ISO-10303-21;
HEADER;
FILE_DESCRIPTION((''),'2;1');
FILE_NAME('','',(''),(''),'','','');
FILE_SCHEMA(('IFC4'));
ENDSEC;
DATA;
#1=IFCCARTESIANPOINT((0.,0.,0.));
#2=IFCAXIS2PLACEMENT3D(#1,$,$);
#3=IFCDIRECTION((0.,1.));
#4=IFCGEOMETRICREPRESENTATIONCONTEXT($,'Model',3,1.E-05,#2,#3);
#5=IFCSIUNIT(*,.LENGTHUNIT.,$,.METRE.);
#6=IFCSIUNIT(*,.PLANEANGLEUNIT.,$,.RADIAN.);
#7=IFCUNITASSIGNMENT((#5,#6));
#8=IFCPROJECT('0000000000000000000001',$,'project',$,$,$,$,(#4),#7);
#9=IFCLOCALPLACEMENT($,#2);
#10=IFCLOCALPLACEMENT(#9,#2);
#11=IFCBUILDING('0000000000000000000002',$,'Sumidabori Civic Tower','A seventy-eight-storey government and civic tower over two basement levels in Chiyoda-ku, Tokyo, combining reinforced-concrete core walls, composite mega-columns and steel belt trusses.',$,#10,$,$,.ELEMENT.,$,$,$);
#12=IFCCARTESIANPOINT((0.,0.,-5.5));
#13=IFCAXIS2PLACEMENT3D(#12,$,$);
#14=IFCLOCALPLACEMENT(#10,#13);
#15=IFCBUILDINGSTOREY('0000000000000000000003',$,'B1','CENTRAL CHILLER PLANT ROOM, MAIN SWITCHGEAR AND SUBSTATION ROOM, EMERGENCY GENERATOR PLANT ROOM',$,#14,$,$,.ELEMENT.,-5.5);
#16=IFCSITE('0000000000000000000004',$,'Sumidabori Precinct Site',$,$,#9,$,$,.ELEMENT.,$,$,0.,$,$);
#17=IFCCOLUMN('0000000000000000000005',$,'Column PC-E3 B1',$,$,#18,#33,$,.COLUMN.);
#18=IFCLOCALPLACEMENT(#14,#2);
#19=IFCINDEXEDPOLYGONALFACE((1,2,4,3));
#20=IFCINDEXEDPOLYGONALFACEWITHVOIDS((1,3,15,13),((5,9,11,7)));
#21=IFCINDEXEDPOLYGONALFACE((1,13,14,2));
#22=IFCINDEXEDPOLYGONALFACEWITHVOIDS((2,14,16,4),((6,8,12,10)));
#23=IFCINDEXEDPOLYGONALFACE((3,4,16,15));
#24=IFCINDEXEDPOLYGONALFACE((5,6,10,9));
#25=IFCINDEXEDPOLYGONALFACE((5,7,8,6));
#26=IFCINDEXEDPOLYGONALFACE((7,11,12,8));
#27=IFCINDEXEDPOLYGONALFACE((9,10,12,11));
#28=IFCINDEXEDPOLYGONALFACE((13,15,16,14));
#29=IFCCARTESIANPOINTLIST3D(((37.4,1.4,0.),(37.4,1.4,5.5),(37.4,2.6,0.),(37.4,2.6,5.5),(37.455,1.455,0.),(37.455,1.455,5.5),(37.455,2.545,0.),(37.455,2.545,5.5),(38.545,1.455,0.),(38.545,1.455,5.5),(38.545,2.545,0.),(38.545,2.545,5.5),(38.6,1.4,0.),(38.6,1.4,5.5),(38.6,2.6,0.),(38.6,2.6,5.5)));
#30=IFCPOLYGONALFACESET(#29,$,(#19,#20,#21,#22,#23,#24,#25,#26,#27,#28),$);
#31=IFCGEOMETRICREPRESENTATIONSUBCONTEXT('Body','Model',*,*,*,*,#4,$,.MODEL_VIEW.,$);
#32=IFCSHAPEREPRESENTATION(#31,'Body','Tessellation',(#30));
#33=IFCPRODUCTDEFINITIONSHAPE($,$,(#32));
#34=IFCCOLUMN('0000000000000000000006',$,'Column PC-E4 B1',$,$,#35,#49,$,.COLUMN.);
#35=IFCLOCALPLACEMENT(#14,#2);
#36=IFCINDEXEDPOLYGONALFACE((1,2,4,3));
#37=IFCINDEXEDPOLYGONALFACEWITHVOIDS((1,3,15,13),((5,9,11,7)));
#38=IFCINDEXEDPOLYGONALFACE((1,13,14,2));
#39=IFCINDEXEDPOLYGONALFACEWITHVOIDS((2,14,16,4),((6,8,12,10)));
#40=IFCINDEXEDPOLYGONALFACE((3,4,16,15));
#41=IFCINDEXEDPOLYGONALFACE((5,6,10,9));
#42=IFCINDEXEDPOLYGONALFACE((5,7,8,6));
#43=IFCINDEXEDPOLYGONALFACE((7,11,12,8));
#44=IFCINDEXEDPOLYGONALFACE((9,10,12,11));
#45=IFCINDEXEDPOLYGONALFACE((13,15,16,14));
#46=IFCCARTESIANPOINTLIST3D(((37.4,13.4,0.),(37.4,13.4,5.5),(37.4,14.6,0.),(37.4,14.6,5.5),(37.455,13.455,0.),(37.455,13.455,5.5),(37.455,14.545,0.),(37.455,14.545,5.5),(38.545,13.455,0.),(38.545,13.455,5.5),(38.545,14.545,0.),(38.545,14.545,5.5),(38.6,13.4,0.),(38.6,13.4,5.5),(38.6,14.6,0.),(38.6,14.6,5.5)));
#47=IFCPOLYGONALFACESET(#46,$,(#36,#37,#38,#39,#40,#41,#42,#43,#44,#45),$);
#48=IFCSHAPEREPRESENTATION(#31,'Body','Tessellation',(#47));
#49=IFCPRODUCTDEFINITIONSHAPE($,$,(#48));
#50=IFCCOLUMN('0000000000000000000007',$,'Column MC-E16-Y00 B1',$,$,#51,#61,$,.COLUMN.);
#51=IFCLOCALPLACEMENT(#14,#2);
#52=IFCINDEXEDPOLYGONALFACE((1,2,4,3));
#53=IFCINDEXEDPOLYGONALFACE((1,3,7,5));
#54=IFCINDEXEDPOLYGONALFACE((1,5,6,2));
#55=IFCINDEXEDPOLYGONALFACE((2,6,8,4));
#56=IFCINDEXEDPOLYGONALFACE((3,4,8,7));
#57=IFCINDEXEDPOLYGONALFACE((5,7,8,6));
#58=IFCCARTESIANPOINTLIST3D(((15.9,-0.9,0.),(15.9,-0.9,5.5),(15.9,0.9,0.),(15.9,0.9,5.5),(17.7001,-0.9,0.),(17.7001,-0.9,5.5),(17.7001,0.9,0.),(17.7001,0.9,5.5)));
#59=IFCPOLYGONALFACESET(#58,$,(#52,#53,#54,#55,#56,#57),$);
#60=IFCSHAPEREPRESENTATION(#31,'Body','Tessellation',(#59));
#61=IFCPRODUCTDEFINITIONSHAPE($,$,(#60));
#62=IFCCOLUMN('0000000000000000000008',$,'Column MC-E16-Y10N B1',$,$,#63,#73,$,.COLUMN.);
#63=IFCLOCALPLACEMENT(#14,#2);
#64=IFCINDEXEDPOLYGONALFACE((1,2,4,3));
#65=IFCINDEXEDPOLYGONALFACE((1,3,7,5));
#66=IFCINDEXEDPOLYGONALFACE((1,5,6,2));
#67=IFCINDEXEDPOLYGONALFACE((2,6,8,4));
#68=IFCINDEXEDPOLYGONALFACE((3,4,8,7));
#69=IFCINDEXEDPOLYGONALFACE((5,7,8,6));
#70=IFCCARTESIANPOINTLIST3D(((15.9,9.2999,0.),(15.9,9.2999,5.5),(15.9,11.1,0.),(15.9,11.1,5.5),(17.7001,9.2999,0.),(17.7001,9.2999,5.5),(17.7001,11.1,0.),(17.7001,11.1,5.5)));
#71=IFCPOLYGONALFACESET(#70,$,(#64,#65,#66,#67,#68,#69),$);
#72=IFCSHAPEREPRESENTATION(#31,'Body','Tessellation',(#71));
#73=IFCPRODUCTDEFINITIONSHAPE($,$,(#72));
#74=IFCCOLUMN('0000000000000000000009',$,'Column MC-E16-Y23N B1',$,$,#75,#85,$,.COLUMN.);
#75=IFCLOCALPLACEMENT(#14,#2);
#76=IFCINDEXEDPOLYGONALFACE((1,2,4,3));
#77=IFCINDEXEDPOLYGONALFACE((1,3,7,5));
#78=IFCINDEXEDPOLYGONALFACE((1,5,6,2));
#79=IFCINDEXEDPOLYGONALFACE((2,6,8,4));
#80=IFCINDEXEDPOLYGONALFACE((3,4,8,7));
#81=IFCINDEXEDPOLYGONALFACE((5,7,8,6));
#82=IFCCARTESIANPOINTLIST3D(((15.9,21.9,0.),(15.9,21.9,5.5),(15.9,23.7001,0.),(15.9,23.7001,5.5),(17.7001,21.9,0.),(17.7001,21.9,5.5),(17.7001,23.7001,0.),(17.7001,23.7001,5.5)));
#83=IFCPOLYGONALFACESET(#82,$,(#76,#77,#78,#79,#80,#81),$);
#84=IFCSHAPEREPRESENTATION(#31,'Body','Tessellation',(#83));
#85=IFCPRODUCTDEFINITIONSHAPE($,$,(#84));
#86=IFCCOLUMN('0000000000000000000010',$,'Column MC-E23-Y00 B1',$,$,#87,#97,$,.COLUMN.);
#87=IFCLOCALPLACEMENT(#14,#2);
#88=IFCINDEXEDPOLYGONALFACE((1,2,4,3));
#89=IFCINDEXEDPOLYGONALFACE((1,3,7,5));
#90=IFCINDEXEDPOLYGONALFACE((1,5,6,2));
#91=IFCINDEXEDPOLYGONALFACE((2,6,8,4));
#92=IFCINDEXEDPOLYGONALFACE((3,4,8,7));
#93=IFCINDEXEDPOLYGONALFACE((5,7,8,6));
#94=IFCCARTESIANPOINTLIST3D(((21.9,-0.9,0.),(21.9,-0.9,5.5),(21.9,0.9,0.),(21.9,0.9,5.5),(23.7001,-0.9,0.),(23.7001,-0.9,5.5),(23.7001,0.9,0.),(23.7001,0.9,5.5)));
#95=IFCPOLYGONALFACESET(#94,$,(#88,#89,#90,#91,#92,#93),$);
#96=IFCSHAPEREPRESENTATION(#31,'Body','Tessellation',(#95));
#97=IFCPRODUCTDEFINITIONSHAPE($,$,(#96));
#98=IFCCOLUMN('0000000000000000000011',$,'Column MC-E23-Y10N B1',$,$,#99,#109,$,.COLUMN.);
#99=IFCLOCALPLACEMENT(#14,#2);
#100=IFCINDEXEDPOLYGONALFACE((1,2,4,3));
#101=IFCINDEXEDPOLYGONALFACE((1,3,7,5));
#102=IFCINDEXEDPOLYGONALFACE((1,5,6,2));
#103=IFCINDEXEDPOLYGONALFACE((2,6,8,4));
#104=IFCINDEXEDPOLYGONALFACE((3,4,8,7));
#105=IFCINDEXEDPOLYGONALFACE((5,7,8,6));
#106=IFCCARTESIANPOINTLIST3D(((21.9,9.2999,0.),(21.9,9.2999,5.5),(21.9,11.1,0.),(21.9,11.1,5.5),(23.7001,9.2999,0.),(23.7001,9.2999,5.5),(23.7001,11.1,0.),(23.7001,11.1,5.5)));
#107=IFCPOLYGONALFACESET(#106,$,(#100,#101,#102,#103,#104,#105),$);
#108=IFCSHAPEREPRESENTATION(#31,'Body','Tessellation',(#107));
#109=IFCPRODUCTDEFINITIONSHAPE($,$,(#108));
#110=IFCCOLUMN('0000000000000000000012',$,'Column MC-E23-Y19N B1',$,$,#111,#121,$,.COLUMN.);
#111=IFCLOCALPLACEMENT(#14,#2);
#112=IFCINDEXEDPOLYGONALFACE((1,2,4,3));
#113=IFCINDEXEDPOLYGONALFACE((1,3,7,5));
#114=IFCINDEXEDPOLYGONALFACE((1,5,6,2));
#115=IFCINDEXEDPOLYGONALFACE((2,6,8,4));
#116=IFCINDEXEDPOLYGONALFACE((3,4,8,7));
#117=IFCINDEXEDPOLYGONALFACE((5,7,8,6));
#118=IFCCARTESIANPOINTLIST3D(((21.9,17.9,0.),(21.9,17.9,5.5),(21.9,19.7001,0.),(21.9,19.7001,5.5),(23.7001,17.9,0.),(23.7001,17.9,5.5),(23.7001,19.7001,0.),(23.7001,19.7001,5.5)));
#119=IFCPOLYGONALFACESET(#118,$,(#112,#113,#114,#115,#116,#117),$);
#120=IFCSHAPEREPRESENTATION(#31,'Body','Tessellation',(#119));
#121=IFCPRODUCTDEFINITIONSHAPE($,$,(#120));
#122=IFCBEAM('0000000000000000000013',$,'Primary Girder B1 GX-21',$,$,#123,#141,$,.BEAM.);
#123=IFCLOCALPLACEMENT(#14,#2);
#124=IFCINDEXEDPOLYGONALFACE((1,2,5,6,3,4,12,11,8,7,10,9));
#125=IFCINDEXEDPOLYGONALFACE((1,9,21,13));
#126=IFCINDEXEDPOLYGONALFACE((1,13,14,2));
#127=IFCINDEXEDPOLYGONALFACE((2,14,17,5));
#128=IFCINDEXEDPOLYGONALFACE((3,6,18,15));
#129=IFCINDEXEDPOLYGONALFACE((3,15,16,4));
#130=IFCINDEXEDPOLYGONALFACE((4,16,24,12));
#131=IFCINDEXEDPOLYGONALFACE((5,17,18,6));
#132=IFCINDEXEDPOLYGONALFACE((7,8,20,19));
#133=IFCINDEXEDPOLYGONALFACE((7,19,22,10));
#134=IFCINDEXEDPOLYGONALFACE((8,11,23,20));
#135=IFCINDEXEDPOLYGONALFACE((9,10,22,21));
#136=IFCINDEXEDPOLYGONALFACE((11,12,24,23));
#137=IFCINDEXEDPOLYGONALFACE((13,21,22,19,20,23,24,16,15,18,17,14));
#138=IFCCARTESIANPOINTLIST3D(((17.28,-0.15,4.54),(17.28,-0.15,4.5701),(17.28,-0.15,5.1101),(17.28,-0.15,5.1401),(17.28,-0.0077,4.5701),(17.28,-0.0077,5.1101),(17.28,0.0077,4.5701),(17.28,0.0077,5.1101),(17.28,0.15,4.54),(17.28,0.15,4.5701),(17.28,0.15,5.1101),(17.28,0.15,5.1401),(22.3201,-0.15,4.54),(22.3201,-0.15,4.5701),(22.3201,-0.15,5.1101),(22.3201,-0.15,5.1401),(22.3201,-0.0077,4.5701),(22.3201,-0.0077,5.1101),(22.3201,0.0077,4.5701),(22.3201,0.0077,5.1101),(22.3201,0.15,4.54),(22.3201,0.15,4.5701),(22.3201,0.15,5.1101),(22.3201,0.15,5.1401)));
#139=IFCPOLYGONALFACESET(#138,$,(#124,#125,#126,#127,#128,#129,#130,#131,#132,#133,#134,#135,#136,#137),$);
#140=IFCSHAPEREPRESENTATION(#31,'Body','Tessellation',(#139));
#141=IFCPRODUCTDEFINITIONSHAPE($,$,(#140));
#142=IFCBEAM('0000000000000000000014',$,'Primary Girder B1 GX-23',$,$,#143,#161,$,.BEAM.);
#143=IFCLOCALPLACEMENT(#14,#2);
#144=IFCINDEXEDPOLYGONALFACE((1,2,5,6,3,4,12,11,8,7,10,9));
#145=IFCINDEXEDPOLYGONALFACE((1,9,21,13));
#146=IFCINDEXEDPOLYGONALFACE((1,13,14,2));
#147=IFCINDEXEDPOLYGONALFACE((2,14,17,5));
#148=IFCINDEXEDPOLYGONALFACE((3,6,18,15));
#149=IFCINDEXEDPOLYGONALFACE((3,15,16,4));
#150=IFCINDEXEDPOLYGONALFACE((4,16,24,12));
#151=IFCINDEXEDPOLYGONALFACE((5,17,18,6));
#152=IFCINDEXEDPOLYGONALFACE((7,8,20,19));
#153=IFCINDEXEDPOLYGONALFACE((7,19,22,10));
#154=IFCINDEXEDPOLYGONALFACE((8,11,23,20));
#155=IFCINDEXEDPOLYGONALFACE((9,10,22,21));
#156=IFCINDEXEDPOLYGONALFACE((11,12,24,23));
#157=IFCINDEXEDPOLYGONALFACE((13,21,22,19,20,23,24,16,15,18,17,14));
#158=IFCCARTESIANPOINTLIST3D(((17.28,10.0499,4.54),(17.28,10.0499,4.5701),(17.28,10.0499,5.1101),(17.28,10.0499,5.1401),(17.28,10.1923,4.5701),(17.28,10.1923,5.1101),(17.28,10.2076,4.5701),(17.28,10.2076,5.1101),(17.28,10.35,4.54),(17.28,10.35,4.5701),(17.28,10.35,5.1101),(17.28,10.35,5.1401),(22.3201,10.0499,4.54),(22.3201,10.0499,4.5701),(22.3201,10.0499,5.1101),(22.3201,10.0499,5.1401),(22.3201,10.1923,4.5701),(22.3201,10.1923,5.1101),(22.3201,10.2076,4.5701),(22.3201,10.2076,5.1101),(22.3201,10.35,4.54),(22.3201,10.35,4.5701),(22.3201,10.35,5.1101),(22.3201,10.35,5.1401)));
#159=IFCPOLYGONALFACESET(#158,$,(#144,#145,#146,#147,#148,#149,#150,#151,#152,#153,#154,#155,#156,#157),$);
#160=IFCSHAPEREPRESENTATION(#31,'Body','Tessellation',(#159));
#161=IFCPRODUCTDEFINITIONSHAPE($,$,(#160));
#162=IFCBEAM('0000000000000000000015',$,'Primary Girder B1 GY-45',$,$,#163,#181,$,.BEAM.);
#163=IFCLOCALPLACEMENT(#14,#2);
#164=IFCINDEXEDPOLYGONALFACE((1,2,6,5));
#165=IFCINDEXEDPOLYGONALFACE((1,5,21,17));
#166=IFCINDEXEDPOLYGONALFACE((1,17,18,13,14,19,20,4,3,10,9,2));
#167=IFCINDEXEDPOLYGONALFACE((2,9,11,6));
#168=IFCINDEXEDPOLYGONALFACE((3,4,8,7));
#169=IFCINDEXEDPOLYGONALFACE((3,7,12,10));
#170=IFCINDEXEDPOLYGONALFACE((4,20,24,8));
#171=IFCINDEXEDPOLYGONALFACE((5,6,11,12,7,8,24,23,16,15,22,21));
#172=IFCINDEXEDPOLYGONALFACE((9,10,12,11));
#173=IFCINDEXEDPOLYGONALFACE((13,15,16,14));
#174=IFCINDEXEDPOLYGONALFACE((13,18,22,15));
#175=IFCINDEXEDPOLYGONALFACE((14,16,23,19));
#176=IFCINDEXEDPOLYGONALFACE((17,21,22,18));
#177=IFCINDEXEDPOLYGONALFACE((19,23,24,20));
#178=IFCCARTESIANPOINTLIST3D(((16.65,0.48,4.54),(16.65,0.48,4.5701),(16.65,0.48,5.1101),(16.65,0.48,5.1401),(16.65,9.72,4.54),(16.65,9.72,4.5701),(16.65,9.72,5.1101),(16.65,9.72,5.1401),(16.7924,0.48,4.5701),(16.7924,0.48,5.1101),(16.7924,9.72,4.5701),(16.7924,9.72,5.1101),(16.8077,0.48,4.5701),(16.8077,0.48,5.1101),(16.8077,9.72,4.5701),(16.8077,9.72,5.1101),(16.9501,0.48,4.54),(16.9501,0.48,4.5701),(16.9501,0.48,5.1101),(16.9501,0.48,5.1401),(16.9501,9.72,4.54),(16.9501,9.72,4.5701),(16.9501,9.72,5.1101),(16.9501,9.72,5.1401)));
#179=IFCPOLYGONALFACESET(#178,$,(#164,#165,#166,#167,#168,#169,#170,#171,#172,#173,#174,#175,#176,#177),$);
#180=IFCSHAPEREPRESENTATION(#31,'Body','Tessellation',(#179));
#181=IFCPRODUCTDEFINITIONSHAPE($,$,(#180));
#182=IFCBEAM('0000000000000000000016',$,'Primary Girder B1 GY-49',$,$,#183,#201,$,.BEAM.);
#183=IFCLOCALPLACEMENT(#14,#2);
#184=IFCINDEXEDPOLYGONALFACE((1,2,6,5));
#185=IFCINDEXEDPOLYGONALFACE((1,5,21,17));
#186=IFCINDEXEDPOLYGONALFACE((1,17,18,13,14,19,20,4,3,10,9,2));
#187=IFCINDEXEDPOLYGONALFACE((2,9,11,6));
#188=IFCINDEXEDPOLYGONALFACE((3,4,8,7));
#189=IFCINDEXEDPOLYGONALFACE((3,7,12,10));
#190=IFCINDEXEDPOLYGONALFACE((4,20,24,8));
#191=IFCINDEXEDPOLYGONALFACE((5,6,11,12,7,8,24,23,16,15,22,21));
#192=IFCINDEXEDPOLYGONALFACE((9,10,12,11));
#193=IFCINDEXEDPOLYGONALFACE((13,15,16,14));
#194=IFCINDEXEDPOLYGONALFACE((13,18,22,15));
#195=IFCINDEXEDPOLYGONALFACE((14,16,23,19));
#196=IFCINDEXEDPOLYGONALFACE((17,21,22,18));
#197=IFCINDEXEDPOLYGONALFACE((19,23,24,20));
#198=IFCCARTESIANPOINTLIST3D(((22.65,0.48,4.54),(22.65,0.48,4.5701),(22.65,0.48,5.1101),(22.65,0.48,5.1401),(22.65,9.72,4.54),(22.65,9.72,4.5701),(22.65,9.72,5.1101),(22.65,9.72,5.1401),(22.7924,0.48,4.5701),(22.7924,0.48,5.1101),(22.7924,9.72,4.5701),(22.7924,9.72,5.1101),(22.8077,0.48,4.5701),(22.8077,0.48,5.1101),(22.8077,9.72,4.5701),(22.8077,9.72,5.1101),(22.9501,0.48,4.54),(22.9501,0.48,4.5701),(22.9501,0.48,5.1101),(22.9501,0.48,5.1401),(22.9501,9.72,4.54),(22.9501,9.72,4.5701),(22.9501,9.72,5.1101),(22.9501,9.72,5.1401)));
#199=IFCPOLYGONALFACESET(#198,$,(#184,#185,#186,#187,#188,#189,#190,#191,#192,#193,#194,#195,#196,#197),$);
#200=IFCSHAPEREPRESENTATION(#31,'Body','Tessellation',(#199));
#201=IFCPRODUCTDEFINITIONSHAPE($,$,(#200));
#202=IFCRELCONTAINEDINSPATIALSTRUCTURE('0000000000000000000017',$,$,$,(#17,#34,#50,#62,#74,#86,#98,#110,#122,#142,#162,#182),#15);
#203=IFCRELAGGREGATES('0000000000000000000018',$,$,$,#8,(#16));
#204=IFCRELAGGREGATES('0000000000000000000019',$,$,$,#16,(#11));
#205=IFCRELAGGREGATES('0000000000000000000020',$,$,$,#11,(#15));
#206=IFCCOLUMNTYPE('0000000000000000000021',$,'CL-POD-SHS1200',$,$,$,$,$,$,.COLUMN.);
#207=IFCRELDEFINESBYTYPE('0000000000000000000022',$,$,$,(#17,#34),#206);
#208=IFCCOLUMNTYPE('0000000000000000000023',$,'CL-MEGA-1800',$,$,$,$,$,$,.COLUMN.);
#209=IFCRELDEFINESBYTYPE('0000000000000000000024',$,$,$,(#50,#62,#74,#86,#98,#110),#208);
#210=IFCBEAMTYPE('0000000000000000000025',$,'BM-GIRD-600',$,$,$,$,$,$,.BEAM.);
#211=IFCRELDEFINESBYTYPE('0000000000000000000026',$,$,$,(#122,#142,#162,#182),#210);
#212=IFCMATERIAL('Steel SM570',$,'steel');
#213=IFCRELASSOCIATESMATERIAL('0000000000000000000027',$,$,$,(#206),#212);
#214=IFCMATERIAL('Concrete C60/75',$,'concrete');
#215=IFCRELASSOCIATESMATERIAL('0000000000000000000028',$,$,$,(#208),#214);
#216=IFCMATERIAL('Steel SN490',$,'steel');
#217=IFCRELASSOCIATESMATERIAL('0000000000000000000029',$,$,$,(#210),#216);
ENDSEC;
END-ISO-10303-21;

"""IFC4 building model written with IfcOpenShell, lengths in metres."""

from ifc_helpers import new_model, si_unit, direction, frame, origin, origin_2d, place, context, subcontext, project, spatial, rectangle, hollow_rectangle, i_section, extrude, source, transform, mapped, material, material_profile, profile_set, type_object, element, save


model = new_model("IFC4")

# Units and contexts
model_context = context("Model", 3, precision=1e-05, world=origin(), true_north=direction((0.0, 1.0)))
body_context = subcontext(model_context, "Body", "Model", "MODEL_VIEW")
ifc_project = project(units=[si_unit("LENGTHUNIT", "METRE"), si_unit("PLANEANGLEUNIT", "RADIAN")], contexts=[model_context])

# Site, building, storey
site_placement = place(None, origin())
site = spatial("IfcSite", under=ifc_project, at=site_placement, Name="Sumidabori Precinct Site", CompositionType="ELEMENT", RefElevation=0.0)
building_placement = place(site_placement, origin())
building = spatial("IfcBuilding", under=site, at=building_placement, Name="Sumidabori Civic Tower", Description="A seventy-eight-storey government and civic tower over two basement levels in Chiyoda-ku, Tokyo, combining reinforced-concrete core walls, composite mega-columns and steel belt trusses.", CompositionType="ELEMENT")
storey_placement = place(building_placement, frame((0.0, 0.0, -5.5)))
storey = spatial("IfcBuildingStorey", under=building, at=storey_placement, Name="B1", Description="CENTRAL CHILLER PLANT ROOM, MAIN SWITCHGEAR AND SUBSTATION ROOM, EMERGENCY GENERATOR PLANT ROOM", CompositionType="ELEMENT", Elevation=-5.5)

# Columns
ifc_material_1 = material(Name="Steel SM570", Category="steel")
ifc_material_profile_1 = material_profile(ifc_material_1, hollow_rectangle(XDim=1.2, YDim=1.2, WallThickness=0.0549, at=origin_2d()), Name="SHS 1200x1200x55")
ifc_profile_set_1 = profile_set([ifc_material_profile_1], Name="Steel SM570")
column_type_1 = type_object("IfcColumnType", Name="CL-POD-SHS1200", PredefinedType="COLUMN", material=ifc_profile_set_1)
shared_shape_1 = source(origin(), body_context, "Body", "SweptSolid", [
    extrude(hollow_rectangle(XDim=1.2, YDim=1.2, WallThickness=0.0549, at=origin_2d()), origin(), (0.0, 0.0, 1.0), 5.5),
])
for number, where, z_axis, x_axis, name in (
    (1, (38.0, 2.0, 0.0), (0.0, 0.0, 1.0), (1.0, 0.0, 0.0), "Column PC-E3 B1"),
    (2, (38.0, 14.0, 0.0), (0.0, 0.0, 1.0), (1.0, 0.0, 0.0), "Column PC-E4 B1"),
):
    element("IfcColumn", number, at=place(storey_placement, frame(where, z_axis=z_axis, x_axis=x_axis)), inside=storey, type_object=column_type_1, Name=name, PredefinedType="COLUMN", context=body_context, shape_type="MappedRepresentation", body=[
        mapped(shared_shape_1, transform((0.0, 0.0, 0.0), x_axis=(1.0, 0.0, 0.0), y_axis=(0.0, 1.0, 0.0), z_axis=(0.0, 0.0, 1.0), scale=1.0)),
    ])
ifc_material_2 = material(Name="Concrete C60/75", Category="concrete")
ifc_material_profile_2 = material_profile(ifc_material_2, rectangle(XDim=1.8, YDim=1.8, at=origin_2d()), Name="RC 1800x1800")
ifc_profile_set_2 = profile_set([ifc_material_profile_2], Name="Concrete C60/75")
column_type_2 = type_object("IfcColumnType", Name="CL-MEGA-1800", PredefinedType="COLUMN", material=ifc_profile_set_2)
shared_shape_2 = source(origin(), body_context, "Body", "SweptSolid", [
    extrude(rectangle(XDim=1.8, YDim=1.8, at=origin_2d()), origin(), (0.0, 0.0, 1.0), 5.5),
])
for number, where, z_axis, x_axis, name in (
    (3, (16.8, 0.0, 0.0), (0.0, 0.0, 1.0), (1.0, 0.0, 0.0), "Column MC-E16-Y00 B1"),
    (4, (16.8, 10.2, 0.0), (0.0, 0.0, 1.0), (1.0, 0.0, 0.0), "Column MC-E16-Y10N B1"),
    (5, (16.8, 22.8, 0.0), (0.0, 0.0, 1.0), (1.0, 0.0, 0.0), "Column MC-E16-Y23N B1"),
    (6, (22.8, 0.0, 0.0), (0.0, 0.0, 1.0), (1.0, 0.0, 0.0), "Column MC-E23-Y00 B1"),
    (7, (22.8, 10.2, 0.0), (0.0, 0.0, 1.0), (1.0, 0.0, 0.0), "Column MC-E23-Y10N B1"),
    (8, (22.8, 18.8, 0.0), (0.0, 0.0, 1.0), (1.0, 0.0, 0.0), "Column MC-E23-Y19N B1"),
):
    element("IfcColumn", number, at=place(storey_placement, frame(where, z_axis=z_axis, x_axis=x_axis)), inside=storey, type_object=column_type_2, Name=name, PredefinedType="COLUMN", context=body_context, shape_type="MappedRepresentation", body=[
        mapped(shared_shape_2, transform((0.0, 0.0, 0.0), x_axis=(1.0, 0.0, 0.0), y_axis=(0.0, 1.0, 0.0), z_axis=(0.0, 0.0, 1.0), scale=1.0)),
    ])

# Beams
ifc_material_3 = material(Name="Steel SN490", Category="steel")
ifc_material_profile_3 = material_profile(ifc_material_3, i_section(OverallWidth=0.3, OverallDepth=0.6001, WebThickness=0.0154, FlangeThickness=0.03, at=origin_2d()), Name="HE 600 B")
ifc_profile_set_3 = profile_set([ifc_material_profile_3], Name="Steel SN490")
beam_type_1 = type_object("IfcBeamType", Name="BM-GIRD-600", PredefinedType="BEAM", material=ifc_profile_set_3)
shared_shape_3 = source(origin(), body_context, "Body", "SweptSolid", [
    extrude(i_section(OverallWidth=0.3, OverallDepth=0.6001, WebThickness=0.0154, FlangeThickness=0.03, at=origin_2d()), origin(), (0.0, 0.0, 1.0), 5.04),
])
for number, where, z_axis, x_axis, name in (
    (9, (17.28, 0.0, 4.8401), (1.0, 0.0, 0.0), (0.0, 1.0, 0.0), "Primary Girder B1 GX-21"),
    (10, (17.28, 10.2, 4.8401), (1.0, 0.0, 0.0), (0.0, 1.0, 0.0), "Primary Girder B1 GX-23"),
):
    element("IfcBeam", number, at=place(storey_placement, frame(where, z_axis=z_axis, x_axis=x_axis)), inside=storey, type_object=beam_type_1, Name=name, PredefinedType="BEAM", context=body_context, shape_type="MappedRepresentation", body=[
        mapped(shared_shape_3, transform((0.0, 0.0, 0.0), x_axis=(1.0, 0.0, 0.0), y_axis=(0.0, 1.0, 0.0), z_axis=(0.0, 0.0, 1.0), scale=1.0)),
    ])
shared_shape_4 = source(origin(), body_context, "Body", "SweptSolid", [
    extrude(i_section(OverallWidth=0.3, OverallDepth=0.6001, WebThickness=0.0154, FlangeThickness=0.03, at=origin_2d()), origin(), (0.0, 0.0, 1.0), 9.24),
])
for number, where, z_axis, x_axis, name in (
    (11, (16.8, 0.48, 4.8401), (0.0, 1.0, 0.0), (-1.0, 0.0, 0.0), "Primary Girder B1 GY-45"),
    (12, (22.8, 0.48, 4.8401), (0.0, 1.0, 0.0), (-1.0, 0.0, 0.0), "Primary Girder B1 GY-49"),
):
    element("IfcBeam", number, at=place(storey_placement, frame(where, z_axis=z_axis, x_axis=x_axis)), inside=storey, type_object=beam_type_1, Name=name, PredefinedType="BEAM", context=body_context, shape_type="MappedRepresentation", body=[
        mapped(shared_shape_4, transform((0.0, 0.0, 0.0), x_axis=(1.0, 0.0, 0.0), y_axis=(0.0, 1.0, 0.0), z_axis=(0.0, 0.0, 1.0), scale=1.0)),
    ])

save(model, "model.ifc")
